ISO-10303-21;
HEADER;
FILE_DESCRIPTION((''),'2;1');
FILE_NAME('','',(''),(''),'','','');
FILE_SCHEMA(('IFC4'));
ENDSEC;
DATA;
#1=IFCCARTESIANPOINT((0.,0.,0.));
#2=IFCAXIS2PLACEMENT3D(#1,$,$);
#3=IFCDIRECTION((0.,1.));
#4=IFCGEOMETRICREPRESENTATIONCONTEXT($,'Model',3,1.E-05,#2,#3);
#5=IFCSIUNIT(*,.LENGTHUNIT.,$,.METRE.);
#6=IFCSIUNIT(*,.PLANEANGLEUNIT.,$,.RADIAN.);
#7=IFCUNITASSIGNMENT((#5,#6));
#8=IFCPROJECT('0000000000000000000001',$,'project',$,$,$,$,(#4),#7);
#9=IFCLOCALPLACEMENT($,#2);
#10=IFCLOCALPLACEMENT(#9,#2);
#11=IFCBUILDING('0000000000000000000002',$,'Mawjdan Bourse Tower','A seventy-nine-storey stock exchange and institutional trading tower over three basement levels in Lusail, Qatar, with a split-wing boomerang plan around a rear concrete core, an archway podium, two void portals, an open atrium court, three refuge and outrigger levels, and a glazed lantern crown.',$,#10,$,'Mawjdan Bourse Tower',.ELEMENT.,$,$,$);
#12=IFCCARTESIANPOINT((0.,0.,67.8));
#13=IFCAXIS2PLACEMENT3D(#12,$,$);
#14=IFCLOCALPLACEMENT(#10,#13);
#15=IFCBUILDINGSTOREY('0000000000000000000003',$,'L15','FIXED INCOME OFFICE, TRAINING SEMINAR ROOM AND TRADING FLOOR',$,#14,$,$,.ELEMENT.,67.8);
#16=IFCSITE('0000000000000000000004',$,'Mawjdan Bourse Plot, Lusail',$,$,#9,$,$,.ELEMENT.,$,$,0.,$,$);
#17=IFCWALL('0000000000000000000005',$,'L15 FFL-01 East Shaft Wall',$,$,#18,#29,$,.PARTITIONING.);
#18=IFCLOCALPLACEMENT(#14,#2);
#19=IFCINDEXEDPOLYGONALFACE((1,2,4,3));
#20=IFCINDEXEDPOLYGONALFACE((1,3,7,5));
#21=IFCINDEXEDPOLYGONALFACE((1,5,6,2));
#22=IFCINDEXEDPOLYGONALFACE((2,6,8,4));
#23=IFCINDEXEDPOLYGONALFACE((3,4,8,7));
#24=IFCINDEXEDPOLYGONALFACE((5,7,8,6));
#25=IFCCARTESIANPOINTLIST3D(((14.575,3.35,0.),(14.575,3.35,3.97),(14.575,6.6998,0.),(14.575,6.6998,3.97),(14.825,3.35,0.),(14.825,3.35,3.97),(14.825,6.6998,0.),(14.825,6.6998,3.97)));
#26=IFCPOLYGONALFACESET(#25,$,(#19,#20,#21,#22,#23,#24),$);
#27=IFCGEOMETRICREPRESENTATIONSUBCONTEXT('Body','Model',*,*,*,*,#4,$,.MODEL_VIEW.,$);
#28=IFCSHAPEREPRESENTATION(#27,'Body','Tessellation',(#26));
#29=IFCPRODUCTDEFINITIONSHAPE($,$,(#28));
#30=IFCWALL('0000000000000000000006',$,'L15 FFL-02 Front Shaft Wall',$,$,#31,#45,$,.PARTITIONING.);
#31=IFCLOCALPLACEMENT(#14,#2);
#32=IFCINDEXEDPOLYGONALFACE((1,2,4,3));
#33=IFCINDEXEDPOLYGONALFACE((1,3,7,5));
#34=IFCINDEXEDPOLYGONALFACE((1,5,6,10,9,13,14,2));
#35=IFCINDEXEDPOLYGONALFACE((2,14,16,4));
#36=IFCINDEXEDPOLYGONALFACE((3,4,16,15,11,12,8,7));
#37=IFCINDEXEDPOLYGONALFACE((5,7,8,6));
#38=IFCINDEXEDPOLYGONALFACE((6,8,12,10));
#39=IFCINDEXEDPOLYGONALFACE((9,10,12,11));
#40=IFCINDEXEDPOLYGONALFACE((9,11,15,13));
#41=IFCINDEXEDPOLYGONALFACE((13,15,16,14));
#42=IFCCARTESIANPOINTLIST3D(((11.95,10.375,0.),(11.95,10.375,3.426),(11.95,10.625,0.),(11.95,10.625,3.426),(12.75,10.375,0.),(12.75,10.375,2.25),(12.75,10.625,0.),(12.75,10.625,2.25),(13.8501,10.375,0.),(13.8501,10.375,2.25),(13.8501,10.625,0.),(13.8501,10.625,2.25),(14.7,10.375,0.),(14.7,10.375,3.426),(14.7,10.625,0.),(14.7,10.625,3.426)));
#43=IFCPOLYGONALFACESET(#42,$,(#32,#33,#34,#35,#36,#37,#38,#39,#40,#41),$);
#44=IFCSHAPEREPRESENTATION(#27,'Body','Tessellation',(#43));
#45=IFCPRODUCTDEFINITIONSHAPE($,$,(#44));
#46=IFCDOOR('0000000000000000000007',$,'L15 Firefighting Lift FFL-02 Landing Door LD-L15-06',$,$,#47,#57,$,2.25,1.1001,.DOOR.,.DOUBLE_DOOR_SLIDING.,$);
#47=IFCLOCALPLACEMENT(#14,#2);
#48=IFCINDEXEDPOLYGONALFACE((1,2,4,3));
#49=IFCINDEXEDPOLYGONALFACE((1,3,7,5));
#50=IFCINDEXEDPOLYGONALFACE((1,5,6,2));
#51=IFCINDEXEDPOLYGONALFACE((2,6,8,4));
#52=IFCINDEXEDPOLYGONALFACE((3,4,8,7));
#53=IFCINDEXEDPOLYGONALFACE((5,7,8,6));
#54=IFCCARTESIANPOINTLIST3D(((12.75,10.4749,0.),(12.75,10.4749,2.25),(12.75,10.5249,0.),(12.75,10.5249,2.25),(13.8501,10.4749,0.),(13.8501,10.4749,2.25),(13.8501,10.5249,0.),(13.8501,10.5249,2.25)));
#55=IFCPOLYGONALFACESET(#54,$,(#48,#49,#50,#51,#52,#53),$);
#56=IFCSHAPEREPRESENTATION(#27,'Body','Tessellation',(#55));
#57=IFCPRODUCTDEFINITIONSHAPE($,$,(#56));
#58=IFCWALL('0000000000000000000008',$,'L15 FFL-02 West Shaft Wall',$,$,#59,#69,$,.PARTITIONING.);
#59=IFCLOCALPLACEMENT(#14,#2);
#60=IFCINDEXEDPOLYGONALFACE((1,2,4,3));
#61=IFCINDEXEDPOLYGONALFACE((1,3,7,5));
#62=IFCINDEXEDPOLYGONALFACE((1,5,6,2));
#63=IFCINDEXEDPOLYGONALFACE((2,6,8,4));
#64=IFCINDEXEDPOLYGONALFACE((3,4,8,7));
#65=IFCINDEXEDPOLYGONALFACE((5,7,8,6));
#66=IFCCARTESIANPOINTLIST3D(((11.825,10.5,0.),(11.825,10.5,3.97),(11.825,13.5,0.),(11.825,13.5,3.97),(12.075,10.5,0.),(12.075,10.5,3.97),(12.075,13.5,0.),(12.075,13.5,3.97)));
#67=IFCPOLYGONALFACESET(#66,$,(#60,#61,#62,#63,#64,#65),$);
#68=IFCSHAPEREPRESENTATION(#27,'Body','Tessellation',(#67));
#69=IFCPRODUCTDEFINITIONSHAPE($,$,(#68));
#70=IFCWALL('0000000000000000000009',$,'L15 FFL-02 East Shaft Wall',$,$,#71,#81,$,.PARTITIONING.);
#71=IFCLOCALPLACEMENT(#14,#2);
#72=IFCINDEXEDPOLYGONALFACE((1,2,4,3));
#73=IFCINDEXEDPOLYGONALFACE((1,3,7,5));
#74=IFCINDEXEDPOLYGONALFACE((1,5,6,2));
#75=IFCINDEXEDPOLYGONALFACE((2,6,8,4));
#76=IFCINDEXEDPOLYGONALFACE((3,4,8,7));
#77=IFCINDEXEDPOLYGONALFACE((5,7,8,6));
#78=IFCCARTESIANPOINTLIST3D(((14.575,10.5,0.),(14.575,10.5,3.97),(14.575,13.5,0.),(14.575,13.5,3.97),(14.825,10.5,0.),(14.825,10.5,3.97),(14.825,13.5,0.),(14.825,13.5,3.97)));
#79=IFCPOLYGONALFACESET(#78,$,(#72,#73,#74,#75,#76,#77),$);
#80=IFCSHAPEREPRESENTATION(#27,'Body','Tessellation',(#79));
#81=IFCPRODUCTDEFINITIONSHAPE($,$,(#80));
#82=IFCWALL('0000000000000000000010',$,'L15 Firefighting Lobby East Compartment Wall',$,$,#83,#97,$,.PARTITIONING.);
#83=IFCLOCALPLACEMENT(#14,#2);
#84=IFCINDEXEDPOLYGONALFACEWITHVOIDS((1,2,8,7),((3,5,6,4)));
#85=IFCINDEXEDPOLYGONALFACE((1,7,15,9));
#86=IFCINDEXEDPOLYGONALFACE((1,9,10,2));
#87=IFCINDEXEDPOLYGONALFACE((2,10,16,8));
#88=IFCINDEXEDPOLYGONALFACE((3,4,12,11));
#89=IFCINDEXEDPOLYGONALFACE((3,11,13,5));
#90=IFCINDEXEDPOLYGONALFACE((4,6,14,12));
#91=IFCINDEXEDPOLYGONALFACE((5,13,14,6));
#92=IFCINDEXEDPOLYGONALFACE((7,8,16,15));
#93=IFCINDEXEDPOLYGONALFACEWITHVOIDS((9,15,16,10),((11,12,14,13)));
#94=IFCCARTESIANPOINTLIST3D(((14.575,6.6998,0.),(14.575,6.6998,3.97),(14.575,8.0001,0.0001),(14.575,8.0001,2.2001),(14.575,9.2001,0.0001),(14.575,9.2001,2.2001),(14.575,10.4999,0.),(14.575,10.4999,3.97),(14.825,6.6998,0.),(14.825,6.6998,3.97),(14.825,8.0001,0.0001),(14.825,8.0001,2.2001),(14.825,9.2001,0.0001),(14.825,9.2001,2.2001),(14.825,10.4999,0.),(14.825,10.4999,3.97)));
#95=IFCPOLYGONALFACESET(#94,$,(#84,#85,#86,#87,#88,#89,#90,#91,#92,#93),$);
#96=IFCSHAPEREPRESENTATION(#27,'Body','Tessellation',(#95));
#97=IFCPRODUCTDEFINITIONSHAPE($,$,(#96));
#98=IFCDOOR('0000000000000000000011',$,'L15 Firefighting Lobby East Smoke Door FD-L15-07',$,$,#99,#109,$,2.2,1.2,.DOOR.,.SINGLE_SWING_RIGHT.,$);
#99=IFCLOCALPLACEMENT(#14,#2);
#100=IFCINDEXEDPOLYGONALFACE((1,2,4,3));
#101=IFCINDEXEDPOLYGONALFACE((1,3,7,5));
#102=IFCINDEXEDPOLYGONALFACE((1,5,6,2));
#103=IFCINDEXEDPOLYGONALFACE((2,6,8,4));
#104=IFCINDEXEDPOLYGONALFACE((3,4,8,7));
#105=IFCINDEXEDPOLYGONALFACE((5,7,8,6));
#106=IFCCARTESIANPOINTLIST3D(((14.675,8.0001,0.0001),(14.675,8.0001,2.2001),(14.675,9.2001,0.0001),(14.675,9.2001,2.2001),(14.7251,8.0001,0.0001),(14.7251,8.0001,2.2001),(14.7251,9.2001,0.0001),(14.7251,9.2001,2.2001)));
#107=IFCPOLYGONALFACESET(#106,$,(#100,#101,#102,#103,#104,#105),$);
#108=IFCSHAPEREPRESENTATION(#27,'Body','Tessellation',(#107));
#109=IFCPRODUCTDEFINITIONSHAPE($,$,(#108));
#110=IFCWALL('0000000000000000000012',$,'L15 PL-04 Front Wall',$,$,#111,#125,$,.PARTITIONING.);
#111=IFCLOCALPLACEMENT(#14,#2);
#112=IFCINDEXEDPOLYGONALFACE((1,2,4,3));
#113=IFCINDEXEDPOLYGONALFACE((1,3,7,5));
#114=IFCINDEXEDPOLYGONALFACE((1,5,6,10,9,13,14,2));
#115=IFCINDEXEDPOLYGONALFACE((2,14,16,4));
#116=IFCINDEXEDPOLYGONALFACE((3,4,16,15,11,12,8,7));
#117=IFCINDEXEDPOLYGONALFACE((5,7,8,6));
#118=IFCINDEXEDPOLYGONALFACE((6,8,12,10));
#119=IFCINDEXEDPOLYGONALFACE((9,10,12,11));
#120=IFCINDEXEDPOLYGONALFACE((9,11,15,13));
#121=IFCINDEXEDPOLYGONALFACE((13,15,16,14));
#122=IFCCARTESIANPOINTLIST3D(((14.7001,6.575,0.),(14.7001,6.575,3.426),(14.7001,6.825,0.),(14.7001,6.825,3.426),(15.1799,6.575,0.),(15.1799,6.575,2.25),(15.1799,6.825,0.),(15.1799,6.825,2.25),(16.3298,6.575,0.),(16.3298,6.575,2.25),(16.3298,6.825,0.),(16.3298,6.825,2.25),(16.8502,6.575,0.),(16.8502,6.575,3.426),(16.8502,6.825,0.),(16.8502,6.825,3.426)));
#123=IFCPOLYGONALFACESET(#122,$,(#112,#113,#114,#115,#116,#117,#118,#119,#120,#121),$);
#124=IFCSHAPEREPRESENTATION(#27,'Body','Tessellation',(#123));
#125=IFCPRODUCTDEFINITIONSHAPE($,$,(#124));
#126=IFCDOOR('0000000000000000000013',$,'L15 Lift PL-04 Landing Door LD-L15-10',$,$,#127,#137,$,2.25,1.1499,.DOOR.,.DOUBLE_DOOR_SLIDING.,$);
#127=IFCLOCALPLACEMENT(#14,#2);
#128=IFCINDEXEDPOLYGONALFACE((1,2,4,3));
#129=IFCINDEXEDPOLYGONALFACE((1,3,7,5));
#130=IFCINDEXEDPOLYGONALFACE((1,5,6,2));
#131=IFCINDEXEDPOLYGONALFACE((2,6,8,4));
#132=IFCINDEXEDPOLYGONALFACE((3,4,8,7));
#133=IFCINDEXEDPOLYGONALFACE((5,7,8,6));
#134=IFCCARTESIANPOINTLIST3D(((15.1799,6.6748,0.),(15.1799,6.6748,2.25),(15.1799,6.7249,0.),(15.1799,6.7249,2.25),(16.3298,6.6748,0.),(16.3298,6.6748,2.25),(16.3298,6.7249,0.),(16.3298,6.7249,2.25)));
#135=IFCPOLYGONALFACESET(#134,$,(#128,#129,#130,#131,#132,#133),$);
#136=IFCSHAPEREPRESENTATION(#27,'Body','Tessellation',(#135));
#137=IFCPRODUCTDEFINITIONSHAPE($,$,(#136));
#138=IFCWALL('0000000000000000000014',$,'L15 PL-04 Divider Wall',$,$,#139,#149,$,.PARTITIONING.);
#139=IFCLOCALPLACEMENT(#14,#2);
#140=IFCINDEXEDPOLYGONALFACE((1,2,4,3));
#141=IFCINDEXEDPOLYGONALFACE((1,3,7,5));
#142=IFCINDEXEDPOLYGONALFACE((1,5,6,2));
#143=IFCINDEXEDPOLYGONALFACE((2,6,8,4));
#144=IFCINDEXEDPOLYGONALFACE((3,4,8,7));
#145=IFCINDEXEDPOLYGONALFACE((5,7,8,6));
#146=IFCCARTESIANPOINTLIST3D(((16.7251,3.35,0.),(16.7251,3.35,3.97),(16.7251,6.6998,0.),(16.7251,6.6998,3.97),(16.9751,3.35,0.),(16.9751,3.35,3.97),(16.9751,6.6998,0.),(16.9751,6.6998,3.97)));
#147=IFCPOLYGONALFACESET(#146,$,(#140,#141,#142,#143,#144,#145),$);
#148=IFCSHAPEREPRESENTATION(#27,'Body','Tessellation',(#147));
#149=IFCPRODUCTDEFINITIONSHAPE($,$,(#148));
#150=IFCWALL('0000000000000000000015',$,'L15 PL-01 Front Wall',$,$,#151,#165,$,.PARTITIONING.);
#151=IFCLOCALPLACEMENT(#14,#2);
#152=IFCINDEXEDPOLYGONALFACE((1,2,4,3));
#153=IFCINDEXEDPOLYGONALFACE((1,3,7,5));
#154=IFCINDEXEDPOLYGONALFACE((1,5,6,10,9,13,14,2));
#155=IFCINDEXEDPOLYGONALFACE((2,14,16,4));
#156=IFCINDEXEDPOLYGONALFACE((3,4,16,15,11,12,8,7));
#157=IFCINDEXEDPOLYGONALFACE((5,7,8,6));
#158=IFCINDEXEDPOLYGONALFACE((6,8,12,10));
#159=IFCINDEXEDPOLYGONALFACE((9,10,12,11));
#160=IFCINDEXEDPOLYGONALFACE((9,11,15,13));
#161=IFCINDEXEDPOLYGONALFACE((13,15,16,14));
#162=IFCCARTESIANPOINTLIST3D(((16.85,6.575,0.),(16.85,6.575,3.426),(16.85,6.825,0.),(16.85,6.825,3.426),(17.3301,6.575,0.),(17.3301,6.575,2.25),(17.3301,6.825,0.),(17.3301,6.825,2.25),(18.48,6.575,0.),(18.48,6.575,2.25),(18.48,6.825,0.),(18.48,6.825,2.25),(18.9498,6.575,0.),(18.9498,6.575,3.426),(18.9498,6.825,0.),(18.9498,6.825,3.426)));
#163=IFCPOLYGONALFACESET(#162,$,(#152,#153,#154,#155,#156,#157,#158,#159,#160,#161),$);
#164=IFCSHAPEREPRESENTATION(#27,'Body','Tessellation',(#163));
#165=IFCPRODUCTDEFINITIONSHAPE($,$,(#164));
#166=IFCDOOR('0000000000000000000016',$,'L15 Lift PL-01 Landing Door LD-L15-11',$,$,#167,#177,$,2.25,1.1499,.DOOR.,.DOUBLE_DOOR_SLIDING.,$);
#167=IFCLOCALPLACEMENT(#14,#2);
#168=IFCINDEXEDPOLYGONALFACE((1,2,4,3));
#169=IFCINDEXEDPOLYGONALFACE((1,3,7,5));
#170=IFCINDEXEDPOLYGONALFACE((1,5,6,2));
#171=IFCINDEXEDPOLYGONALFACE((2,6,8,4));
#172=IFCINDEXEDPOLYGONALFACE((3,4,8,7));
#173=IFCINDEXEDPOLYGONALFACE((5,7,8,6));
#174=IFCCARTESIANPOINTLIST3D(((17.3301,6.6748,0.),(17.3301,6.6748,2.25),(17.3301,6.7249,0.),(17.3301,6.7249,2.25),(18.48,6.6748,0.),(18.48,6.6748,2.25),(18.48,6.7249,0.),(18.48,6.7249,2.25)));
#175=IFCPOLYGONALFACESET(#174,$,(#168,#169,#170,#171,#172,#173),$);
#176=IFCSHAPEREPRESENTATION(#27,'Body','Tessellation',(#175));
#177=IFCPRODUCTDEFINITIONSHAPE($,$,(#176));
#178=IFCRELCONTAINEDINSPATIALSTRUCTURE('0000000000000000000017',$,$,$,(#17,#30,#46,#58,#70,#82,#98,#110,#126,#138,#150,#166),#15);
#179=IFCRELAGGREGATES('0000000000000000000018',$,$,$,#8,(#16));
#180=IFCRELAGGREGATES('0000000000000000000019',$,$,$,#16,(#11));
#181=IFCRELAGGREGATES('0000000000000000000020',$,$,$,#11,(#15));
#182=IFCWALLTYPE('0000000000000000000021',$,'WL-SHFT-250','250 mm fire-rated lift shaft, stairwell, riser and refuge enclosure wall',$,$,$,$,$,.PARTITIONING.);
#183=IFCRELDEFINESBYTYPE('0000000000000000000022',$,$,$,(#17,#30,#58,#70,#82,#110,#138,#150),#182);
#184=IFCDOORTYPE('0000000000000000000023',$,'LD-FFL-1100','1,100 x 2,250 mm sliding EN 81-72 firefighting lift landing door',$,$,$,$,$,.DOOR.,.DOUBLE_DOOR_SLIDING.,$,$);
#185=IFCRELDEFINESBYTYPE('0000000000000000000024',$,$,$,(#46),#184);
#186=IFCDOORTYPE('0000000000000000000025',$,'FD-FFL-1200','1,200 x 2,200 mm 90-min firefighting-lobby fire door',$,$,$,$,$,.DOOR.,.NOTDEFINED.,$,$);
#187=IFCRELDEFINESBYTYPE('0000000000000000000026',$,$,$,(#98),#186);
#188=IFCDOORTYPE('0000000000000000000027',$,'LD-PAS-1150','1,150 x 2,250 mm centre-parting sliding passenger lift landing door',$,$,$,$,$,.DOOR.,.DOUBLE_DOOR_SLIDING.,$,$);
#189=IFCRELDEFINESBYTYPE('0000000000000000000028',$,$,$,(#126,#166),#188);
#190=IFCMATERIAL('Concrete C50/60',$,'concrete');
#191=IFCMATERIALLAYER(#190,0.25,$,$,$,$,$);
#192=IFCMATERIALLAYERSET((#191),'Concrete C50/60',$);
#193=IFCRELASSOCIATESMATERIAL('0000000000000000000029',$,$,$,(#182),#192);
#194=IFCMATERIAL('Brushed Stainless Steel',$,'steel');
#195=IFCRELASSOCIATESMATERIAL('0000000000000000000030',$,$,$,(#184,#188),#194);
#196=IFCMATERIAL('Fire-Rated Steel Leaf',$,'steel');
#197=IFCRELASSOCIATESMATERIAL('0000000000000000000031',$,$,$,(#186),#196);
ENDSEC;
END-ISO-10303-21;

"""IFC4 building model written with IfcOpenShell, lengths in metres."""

from ifc_helpers import new_model, si_unit, direction, frame, frame_2d, origin, place, context, subcontext, project, spatial, rectangle, extrude, material, layer, layer_set, type_object, element, fill, save


model = new_model("IFC4")

# Units and contexts
model_context = context("Model", 3, precision=1e-05, world=origin(), true_north=direction((0.0, 1.0)))
body_context = subcontext(model_context, "Body", "Model", "MODEL_VIEW")
ifc_project = project(units=[si_unit("LENGTHUNIT", "METRE"), si_unit("PLANEANGLEUNIT", "RADIAN")], contexts=[model_context])

# Site, building, storey
site_placement = place(None, origin())
site = spatial("IfcSite", under=ifc_project, at=site_placement, Name="Mawjdan Bourse Plot, Lusail", CompositionType="ELEMENT", RefElevation=0.0)
building_placement = place(site_placement, origin())
building = spatial("IfcBuilding", under=site, at=building_placement, Name="Mawjdan Bourse Tower", Description="A seventy-nine-storey stock exchange and institutional trading tower over three basement levels in Lusail, Qatar, with a split-wing boomerang plan around a rear concrete core, an archway podium, two void portals, an open atrium court, three refuge and outrigger levels, and a glazed lantern crown.", LongName="Mawjdan Bourse Tower", CompositionType="ELEMENT")
storey_placement = place(building_placement, frame((0.0, 0.0, 67.8)))
storey = spatial("IfcBuildingStorey", under=building, at=storey_placement, Name="L15", Description="FIXED INCOME OFFICE, TRAINING SEMINAR ROOM AND TRADING FLOOR", CompositionType="ELEMENT", Elevation=67.8)

# Shared definitions
ifc_material_1 = material(Name="Concrete C50/60", Category="concrete")
ifc_layer = layer(ifc_material_1, 0.25)
ifc_layer_set = layer_set([ifc_layer], Name="Concrete C50/60")
wall_type = type_object("IfcWallType", Name="WL-SHFT-250", Description="250 mm fire-rated lift shaft, stairwell, riser and refuge enclosure wall", PredefinedType="PARTITIONING", material=ifc_layer_set)

# Shared definitions
ifc_material_2 = material(Name="Brushed Stainless Steel", Category="steel")
door_type_1 = type_object("IfcDoorType", Name="LD-FFL-1100", Description="1,100 x 2,250 mm sliding EN 81-72 firefighting lift landing door", OperationType="DOUBLE_DOOR_SLIDING", PredefinedType="DOOR", material=ifc_material_2)

# Wall
wall_1_placement = place(storey_placement, frame((14.7, 3.3501, 0.0), z_axis=(0.0, 0.0, 1.0), x_axis=(0.0, 1.0, 0.0)))
element("IfcWall", 1, at=wall_1_placement, inside=storey, type_object=wall_type, Name="L15 FFL-01 East Shaft Wall", PredefinedType="PARTITIONING", context=body_context, shape_type="SweptSolid", body=[
    extrude(rectangle(XDim=3.3499, YDim=0.25, at=frame_2d((1.6748, 0.0))), origin(), (0.0, 0.0, 1.0), 3.97),
])

# Wall, opening, door
wall_2_placement = place(storey_placement, frame((11.95, 10.5, 0.0), z_axis=(0.0, 0.0, 1.0), x_axis=(1.0, 0.0, 0.0)))
wall_2 = element("IfcWall", 2, at=wall_2_placement, inside=storey, type_object=wall_type, Name="L15 FFL-02 Front Shaft Wall", PredefinedType="PARTITIONING", context=body_context, shape_type="SweptSolid", body=[
    extrude(rectangle(XDim=2.75, YDim=0.25, at=frame_2d((1.375, 0.0))), origin(), (0.0, 0.0, 1.0), 3.426),
])
opening_1_placement = place(wall_2_placement, frame((0.8, 0.0, 0.0)))
opening_1 = element("IfcOpeningElement", 3, at=opening_1_placement, cuts=wall_2, PredefinedType="OPENING", context=body_context, shape_type="SweptSolid", body=[
    extrude(rectangle(XDim=1.1001, YDim=2.25, at=frame_2d((0.55, 1.125))), frame((0.0, 0.135, 0.0), z_axis=(0.0, -1.0, 0.0), x_axis=(1.0, 0.0, 0.0)), (0.0, 0.0, 1.0), 0.27),
])
door_1_placement = place(opening_1_placement, origin())
door_1 = element("IfcDoor", 4, at=door_1_placement, inside=storey, type_object=door_type_1, Name="L15 Firefighting Lift FFL-02 Landing Door LD-L15-06", OperationType="DOUBLE_DOOR_SLIDING", OverallHeight=2.25, OverallWidth=1.1001, PredefinedType="DOOR", context=body_context, shape_type="SweptSolid", body=[
    extrude(rectangle(XDim=1.1001, YDim=2.25, at=frame_2d((0.55, 1.125))), frame((0.0, 0.0249, 0.0), z_axis=(0.0, -1.0, 0.0), x_axis=(1.0, 0.0, 0.0)), (0.0, 0.0, 1.0), 0.05),
])
fill(opening_1, door_1)

# Walls
for number, where, z_axis, x_axis, name in (
    (5, (11.95, 10.5, 0.0), (0.0, 0.0, 1.0), (0.0, 1.0, 0.0), "L15 FFL-02 West Shaft Wall"),
    (6, (14.7, 10.5, 0.0), (0.0, 0.0, 1.0), (0.0, 1.0, 0.0), "L15 FFL-02 East Shaft Wall"),
):
    element("IfcWall", number, at=place(storey_placement, frame(where, z_axis=z_axis, x_axis=x_axis)), inside=storey, type_object=wall_type, Name=name, PredefinedType="PARTITIONING", context=body_context, shape_type="SweptSolid", body=[
        extrude(rectangle(XDim=3.0, YDim=0.25, at=frame_2d((1.5, 0.0))), origin(), (0.0, 0.0, 1.0), 3.97),
    ])

# Walls, openings, doors
wall_3_placement = place(storey_placement, frame((14.7, 6.7, 0.0), z_axis=(0.0, 0.0, 1.0), x_axis=(0.0, 1.0, 0.0)))
wall_3 = element("IfcWall", 7, at=wall_3_placement, inside=storey, type_object=wall_type, Name="L15 Firefighting Lobby East Compartment Wall", PredefinedType="PARTITIONING", context=body_context, shape_type="SweptSolid", body=[
    extrude(rectangle(XDim=3.8, YDim=0.25, at=frame_2d((1.8999, 0.0))), origin(), (0.0, 0.0, 1.0), 3.97),
])
opening_2_placement = place(wall_3_placement, frame((1.3, 0.0, 0.0)))
opening_2 = element("IfcOpeningElement", 8, at=opening_2_placement, cuts=wall_3, PredefinedType="OPENING", context=body_context, shape_type="SweptSolid", body=[
    extrude(rectangle(XDim=1.2, YDim=2.2, at=frame_2d((0.6001, 1.1001))), frame((0.0, 0.135, 0.0), z_axis=(0.0, -1.0, 0.0), x_axis=(1.0, 0.0, 0.0)), (0.0, 0.0, 1.0), 0.27),
])
ifc_material_3 = material(Name="Fire-Rated Steel Leaf", Category="steel")
door_type_2 = type_object("IfcDoorType", Name="FD-FFL-1200", Description="1,200 x 2,200 mm 90-min firefighting-lobby fire door", OperationType="NOTDEFINED", PredefinedType="DOOR", material=ifc_material_3)
door_2_placement = place(opening_2_placement, origin())
door_2 = element("IfcDoor", 9, at=door_2_placement, inside=storey, type_object=door_type_2, Name="L15 Firefighting Lobby East Smoke Door FD-L15-07", OperationType="SINGLE_SWING_RIGHT", OverallHeight=2.2, OverallWidth=1.2, PredefinedType="DOOR", context=body_context, shape_type="SweptSolid", body=[
    extrude(rectangle(XDim=1.2, YDim=2.2, at=frame_2d((0.6001, 1.1001))), frame((0.0, 0.0249, 0.0), z_axis=(0.0, -1.0, 0.0), x_axis=(1.0, 0.0, 0.0)), (0.0, 0.0, 1.0), 0.05),
])
fill(opening_2, door_2)
wall_4_placement = place(storey_placement, frame((14.7, 6.7, 0.0), z_axis=(0.0, 0.0, 1.0), x_axis=(1.0, 0.0, 0.0)))
wall_4 = element("IfcWall", 10, at=wall_4_placement, inside=storey, type_object=wall_type, Name="L15 PL-04 Front Wall", PredefinedType="PARTITIONING", context=body_context, shape_type="SweptSolid", body=[
    extrude(rectangle(XDim=2.1501, YDim=0.25, at=frame_2d((1.0752, 0.0))), origin(), (0.0, 0.0, 1.0), 3.426),
])
opening_3_placement = place(wall_4_placement, frame((0.48, 0.0, 0.0)))
opening_3 = element("IfcOpeningElement", 11, at=opening_3_placement, cuts=wall_4, PredefinedType="OPENING", context=body_context, shape_type="SweptSolid", body=[
    extrude(rectangle(XDim=1.1499, YDim=2.25, at=frame_2d((0.575, 1.125))), frame((0.0, 0.135, 0.0), z_axis=(0.0, -1.0, 0.0), x_axis=(1.0, 0.0, 0.0)), (0.0, 0.0, 1.0), 0.27),
])
door_type_3 = type_object("IfcDoorType", Name="LD-PAS-1150", Description="1,150 x 2,250 mm centre-parting sliding passenger lift landing door", OperationType="DOUBLE_DOOR_SLIDING", PredefinedType="DOOR", material=ifc_material_2)
door_3_placement = place(opening_3_placement, origin())
door_3 = element("IfcDoor", 12, at=door_3_placement, inside=storey, type_object=door_type_3, Name="L15 Lift PL-04 Landing Door LD-L15-10", OperationType="DOUBLE_DOOR_SLIDING", OverallHeight=2.25, OverallWidth=1.1499, PredefinedType="DOOR", context=body_context, shape_type="SweptSolid", body=[
    extrude(rectangle(XDim=1.1499, YDim=2.25, at=frame_2d((0.575, 1.125))), frame((0.0, 0.0249, 0.0), z_axis=(0.0, -1.0, 0.0), x_axis=(1.0, 0.0, 0.0)), (0.0, 0.0, 1.0), 0.05),
])
fill(opening_3, door_3)

# Wall
wall_5_placement = place(storey_placement, frame((16.8501, 3.3501, 0.0), z_axis=(0.0, 0.0, 1.0), x_axis=(0.0, 1.0, 0.0)))
element("IfcWall", 13, at=wall_5_placement, inside=storey, type_object=wall_type, Name="L15 PL-04 Divider Wall", PredefinedType="PARTITIONING", context=body_context, shape_type="SweptSolid", body=[
    extrude(rectangle(XDim=3.3499, YDim=0.25, at=frame_2d((1.6748, 0.0))), origin(), (0.0, 0.0, 1.0), 3.97),
])

# Wall, opening, door
wall_6_placement = place(storey_placement, frame((16.8501, 6.7, 0.0), z_axis=(0.0, 0.0, 1.0), x_axis=(1.0, 0.0, 0.0)))
wall_6 = element("IfcWall", 14, at=wall_6_placement, inside=storey, type_object=wall_type, Name="L15 PL-01 Front Wall", PredefinedType="PARTITIONING", context=body_context, shape_type="SweptSolid", body=[
    extrude(rectangle(XDim=2.0999, YDim=0.25, at=frame_2d((1.0498, 0.0))), origin(), (0.0, 0.0, 1.0), 3.426),
])
opening_4_placement = place(wall_6_placement, frame((0.48, 0.0, 0.0)))
opening_4 = element("IfcOpeningElement", 15, at=opening_4_placement, cuts=wall_6, PredefinedType="OPENING", context=body_context, shape_type="SweptSolid", body=[
    extrude(rectangle(XDim=1.1499, YDim=2.25, at=frame_2d((0.575, 1.125))), frame((0.0, 0.135, 0.0), z_axis=(0.0, -1.0, 0.0), x_axis=(1.0, 0.0, 0.0)), (0.0, 0.0, 1.0), 0.27),
])
door_4_placement = place(opening_4_placement, origin())
door_4 = element("IfcDoor", 16, at=door_4_placement, inside=storey, type_object=door_type_3, Name="L15 Lift PL-01 Landing Door LD-L15-11", OperationType="DOUBLE_DOOR_SLIDING", OverallHeight=2.25, OverallWidth=1.1499, PredefinedType="DOOR", context=body_context, shape_type="SweptSolid", body=[
    extrude(rectangle(XDim=1.1499, YDim=2.25, at=frame_2d((0.575, 1.125))), frame((0.0, 0.0249, 0.0), z_axis=(0.0, -1.0, 0.0), x_axis=(1.0, 0.0, 0.0)), (0.0, 0.0, 1.0), 0.05),
])
fill(opening_4, door_4)

save(model, "model.ifc")
